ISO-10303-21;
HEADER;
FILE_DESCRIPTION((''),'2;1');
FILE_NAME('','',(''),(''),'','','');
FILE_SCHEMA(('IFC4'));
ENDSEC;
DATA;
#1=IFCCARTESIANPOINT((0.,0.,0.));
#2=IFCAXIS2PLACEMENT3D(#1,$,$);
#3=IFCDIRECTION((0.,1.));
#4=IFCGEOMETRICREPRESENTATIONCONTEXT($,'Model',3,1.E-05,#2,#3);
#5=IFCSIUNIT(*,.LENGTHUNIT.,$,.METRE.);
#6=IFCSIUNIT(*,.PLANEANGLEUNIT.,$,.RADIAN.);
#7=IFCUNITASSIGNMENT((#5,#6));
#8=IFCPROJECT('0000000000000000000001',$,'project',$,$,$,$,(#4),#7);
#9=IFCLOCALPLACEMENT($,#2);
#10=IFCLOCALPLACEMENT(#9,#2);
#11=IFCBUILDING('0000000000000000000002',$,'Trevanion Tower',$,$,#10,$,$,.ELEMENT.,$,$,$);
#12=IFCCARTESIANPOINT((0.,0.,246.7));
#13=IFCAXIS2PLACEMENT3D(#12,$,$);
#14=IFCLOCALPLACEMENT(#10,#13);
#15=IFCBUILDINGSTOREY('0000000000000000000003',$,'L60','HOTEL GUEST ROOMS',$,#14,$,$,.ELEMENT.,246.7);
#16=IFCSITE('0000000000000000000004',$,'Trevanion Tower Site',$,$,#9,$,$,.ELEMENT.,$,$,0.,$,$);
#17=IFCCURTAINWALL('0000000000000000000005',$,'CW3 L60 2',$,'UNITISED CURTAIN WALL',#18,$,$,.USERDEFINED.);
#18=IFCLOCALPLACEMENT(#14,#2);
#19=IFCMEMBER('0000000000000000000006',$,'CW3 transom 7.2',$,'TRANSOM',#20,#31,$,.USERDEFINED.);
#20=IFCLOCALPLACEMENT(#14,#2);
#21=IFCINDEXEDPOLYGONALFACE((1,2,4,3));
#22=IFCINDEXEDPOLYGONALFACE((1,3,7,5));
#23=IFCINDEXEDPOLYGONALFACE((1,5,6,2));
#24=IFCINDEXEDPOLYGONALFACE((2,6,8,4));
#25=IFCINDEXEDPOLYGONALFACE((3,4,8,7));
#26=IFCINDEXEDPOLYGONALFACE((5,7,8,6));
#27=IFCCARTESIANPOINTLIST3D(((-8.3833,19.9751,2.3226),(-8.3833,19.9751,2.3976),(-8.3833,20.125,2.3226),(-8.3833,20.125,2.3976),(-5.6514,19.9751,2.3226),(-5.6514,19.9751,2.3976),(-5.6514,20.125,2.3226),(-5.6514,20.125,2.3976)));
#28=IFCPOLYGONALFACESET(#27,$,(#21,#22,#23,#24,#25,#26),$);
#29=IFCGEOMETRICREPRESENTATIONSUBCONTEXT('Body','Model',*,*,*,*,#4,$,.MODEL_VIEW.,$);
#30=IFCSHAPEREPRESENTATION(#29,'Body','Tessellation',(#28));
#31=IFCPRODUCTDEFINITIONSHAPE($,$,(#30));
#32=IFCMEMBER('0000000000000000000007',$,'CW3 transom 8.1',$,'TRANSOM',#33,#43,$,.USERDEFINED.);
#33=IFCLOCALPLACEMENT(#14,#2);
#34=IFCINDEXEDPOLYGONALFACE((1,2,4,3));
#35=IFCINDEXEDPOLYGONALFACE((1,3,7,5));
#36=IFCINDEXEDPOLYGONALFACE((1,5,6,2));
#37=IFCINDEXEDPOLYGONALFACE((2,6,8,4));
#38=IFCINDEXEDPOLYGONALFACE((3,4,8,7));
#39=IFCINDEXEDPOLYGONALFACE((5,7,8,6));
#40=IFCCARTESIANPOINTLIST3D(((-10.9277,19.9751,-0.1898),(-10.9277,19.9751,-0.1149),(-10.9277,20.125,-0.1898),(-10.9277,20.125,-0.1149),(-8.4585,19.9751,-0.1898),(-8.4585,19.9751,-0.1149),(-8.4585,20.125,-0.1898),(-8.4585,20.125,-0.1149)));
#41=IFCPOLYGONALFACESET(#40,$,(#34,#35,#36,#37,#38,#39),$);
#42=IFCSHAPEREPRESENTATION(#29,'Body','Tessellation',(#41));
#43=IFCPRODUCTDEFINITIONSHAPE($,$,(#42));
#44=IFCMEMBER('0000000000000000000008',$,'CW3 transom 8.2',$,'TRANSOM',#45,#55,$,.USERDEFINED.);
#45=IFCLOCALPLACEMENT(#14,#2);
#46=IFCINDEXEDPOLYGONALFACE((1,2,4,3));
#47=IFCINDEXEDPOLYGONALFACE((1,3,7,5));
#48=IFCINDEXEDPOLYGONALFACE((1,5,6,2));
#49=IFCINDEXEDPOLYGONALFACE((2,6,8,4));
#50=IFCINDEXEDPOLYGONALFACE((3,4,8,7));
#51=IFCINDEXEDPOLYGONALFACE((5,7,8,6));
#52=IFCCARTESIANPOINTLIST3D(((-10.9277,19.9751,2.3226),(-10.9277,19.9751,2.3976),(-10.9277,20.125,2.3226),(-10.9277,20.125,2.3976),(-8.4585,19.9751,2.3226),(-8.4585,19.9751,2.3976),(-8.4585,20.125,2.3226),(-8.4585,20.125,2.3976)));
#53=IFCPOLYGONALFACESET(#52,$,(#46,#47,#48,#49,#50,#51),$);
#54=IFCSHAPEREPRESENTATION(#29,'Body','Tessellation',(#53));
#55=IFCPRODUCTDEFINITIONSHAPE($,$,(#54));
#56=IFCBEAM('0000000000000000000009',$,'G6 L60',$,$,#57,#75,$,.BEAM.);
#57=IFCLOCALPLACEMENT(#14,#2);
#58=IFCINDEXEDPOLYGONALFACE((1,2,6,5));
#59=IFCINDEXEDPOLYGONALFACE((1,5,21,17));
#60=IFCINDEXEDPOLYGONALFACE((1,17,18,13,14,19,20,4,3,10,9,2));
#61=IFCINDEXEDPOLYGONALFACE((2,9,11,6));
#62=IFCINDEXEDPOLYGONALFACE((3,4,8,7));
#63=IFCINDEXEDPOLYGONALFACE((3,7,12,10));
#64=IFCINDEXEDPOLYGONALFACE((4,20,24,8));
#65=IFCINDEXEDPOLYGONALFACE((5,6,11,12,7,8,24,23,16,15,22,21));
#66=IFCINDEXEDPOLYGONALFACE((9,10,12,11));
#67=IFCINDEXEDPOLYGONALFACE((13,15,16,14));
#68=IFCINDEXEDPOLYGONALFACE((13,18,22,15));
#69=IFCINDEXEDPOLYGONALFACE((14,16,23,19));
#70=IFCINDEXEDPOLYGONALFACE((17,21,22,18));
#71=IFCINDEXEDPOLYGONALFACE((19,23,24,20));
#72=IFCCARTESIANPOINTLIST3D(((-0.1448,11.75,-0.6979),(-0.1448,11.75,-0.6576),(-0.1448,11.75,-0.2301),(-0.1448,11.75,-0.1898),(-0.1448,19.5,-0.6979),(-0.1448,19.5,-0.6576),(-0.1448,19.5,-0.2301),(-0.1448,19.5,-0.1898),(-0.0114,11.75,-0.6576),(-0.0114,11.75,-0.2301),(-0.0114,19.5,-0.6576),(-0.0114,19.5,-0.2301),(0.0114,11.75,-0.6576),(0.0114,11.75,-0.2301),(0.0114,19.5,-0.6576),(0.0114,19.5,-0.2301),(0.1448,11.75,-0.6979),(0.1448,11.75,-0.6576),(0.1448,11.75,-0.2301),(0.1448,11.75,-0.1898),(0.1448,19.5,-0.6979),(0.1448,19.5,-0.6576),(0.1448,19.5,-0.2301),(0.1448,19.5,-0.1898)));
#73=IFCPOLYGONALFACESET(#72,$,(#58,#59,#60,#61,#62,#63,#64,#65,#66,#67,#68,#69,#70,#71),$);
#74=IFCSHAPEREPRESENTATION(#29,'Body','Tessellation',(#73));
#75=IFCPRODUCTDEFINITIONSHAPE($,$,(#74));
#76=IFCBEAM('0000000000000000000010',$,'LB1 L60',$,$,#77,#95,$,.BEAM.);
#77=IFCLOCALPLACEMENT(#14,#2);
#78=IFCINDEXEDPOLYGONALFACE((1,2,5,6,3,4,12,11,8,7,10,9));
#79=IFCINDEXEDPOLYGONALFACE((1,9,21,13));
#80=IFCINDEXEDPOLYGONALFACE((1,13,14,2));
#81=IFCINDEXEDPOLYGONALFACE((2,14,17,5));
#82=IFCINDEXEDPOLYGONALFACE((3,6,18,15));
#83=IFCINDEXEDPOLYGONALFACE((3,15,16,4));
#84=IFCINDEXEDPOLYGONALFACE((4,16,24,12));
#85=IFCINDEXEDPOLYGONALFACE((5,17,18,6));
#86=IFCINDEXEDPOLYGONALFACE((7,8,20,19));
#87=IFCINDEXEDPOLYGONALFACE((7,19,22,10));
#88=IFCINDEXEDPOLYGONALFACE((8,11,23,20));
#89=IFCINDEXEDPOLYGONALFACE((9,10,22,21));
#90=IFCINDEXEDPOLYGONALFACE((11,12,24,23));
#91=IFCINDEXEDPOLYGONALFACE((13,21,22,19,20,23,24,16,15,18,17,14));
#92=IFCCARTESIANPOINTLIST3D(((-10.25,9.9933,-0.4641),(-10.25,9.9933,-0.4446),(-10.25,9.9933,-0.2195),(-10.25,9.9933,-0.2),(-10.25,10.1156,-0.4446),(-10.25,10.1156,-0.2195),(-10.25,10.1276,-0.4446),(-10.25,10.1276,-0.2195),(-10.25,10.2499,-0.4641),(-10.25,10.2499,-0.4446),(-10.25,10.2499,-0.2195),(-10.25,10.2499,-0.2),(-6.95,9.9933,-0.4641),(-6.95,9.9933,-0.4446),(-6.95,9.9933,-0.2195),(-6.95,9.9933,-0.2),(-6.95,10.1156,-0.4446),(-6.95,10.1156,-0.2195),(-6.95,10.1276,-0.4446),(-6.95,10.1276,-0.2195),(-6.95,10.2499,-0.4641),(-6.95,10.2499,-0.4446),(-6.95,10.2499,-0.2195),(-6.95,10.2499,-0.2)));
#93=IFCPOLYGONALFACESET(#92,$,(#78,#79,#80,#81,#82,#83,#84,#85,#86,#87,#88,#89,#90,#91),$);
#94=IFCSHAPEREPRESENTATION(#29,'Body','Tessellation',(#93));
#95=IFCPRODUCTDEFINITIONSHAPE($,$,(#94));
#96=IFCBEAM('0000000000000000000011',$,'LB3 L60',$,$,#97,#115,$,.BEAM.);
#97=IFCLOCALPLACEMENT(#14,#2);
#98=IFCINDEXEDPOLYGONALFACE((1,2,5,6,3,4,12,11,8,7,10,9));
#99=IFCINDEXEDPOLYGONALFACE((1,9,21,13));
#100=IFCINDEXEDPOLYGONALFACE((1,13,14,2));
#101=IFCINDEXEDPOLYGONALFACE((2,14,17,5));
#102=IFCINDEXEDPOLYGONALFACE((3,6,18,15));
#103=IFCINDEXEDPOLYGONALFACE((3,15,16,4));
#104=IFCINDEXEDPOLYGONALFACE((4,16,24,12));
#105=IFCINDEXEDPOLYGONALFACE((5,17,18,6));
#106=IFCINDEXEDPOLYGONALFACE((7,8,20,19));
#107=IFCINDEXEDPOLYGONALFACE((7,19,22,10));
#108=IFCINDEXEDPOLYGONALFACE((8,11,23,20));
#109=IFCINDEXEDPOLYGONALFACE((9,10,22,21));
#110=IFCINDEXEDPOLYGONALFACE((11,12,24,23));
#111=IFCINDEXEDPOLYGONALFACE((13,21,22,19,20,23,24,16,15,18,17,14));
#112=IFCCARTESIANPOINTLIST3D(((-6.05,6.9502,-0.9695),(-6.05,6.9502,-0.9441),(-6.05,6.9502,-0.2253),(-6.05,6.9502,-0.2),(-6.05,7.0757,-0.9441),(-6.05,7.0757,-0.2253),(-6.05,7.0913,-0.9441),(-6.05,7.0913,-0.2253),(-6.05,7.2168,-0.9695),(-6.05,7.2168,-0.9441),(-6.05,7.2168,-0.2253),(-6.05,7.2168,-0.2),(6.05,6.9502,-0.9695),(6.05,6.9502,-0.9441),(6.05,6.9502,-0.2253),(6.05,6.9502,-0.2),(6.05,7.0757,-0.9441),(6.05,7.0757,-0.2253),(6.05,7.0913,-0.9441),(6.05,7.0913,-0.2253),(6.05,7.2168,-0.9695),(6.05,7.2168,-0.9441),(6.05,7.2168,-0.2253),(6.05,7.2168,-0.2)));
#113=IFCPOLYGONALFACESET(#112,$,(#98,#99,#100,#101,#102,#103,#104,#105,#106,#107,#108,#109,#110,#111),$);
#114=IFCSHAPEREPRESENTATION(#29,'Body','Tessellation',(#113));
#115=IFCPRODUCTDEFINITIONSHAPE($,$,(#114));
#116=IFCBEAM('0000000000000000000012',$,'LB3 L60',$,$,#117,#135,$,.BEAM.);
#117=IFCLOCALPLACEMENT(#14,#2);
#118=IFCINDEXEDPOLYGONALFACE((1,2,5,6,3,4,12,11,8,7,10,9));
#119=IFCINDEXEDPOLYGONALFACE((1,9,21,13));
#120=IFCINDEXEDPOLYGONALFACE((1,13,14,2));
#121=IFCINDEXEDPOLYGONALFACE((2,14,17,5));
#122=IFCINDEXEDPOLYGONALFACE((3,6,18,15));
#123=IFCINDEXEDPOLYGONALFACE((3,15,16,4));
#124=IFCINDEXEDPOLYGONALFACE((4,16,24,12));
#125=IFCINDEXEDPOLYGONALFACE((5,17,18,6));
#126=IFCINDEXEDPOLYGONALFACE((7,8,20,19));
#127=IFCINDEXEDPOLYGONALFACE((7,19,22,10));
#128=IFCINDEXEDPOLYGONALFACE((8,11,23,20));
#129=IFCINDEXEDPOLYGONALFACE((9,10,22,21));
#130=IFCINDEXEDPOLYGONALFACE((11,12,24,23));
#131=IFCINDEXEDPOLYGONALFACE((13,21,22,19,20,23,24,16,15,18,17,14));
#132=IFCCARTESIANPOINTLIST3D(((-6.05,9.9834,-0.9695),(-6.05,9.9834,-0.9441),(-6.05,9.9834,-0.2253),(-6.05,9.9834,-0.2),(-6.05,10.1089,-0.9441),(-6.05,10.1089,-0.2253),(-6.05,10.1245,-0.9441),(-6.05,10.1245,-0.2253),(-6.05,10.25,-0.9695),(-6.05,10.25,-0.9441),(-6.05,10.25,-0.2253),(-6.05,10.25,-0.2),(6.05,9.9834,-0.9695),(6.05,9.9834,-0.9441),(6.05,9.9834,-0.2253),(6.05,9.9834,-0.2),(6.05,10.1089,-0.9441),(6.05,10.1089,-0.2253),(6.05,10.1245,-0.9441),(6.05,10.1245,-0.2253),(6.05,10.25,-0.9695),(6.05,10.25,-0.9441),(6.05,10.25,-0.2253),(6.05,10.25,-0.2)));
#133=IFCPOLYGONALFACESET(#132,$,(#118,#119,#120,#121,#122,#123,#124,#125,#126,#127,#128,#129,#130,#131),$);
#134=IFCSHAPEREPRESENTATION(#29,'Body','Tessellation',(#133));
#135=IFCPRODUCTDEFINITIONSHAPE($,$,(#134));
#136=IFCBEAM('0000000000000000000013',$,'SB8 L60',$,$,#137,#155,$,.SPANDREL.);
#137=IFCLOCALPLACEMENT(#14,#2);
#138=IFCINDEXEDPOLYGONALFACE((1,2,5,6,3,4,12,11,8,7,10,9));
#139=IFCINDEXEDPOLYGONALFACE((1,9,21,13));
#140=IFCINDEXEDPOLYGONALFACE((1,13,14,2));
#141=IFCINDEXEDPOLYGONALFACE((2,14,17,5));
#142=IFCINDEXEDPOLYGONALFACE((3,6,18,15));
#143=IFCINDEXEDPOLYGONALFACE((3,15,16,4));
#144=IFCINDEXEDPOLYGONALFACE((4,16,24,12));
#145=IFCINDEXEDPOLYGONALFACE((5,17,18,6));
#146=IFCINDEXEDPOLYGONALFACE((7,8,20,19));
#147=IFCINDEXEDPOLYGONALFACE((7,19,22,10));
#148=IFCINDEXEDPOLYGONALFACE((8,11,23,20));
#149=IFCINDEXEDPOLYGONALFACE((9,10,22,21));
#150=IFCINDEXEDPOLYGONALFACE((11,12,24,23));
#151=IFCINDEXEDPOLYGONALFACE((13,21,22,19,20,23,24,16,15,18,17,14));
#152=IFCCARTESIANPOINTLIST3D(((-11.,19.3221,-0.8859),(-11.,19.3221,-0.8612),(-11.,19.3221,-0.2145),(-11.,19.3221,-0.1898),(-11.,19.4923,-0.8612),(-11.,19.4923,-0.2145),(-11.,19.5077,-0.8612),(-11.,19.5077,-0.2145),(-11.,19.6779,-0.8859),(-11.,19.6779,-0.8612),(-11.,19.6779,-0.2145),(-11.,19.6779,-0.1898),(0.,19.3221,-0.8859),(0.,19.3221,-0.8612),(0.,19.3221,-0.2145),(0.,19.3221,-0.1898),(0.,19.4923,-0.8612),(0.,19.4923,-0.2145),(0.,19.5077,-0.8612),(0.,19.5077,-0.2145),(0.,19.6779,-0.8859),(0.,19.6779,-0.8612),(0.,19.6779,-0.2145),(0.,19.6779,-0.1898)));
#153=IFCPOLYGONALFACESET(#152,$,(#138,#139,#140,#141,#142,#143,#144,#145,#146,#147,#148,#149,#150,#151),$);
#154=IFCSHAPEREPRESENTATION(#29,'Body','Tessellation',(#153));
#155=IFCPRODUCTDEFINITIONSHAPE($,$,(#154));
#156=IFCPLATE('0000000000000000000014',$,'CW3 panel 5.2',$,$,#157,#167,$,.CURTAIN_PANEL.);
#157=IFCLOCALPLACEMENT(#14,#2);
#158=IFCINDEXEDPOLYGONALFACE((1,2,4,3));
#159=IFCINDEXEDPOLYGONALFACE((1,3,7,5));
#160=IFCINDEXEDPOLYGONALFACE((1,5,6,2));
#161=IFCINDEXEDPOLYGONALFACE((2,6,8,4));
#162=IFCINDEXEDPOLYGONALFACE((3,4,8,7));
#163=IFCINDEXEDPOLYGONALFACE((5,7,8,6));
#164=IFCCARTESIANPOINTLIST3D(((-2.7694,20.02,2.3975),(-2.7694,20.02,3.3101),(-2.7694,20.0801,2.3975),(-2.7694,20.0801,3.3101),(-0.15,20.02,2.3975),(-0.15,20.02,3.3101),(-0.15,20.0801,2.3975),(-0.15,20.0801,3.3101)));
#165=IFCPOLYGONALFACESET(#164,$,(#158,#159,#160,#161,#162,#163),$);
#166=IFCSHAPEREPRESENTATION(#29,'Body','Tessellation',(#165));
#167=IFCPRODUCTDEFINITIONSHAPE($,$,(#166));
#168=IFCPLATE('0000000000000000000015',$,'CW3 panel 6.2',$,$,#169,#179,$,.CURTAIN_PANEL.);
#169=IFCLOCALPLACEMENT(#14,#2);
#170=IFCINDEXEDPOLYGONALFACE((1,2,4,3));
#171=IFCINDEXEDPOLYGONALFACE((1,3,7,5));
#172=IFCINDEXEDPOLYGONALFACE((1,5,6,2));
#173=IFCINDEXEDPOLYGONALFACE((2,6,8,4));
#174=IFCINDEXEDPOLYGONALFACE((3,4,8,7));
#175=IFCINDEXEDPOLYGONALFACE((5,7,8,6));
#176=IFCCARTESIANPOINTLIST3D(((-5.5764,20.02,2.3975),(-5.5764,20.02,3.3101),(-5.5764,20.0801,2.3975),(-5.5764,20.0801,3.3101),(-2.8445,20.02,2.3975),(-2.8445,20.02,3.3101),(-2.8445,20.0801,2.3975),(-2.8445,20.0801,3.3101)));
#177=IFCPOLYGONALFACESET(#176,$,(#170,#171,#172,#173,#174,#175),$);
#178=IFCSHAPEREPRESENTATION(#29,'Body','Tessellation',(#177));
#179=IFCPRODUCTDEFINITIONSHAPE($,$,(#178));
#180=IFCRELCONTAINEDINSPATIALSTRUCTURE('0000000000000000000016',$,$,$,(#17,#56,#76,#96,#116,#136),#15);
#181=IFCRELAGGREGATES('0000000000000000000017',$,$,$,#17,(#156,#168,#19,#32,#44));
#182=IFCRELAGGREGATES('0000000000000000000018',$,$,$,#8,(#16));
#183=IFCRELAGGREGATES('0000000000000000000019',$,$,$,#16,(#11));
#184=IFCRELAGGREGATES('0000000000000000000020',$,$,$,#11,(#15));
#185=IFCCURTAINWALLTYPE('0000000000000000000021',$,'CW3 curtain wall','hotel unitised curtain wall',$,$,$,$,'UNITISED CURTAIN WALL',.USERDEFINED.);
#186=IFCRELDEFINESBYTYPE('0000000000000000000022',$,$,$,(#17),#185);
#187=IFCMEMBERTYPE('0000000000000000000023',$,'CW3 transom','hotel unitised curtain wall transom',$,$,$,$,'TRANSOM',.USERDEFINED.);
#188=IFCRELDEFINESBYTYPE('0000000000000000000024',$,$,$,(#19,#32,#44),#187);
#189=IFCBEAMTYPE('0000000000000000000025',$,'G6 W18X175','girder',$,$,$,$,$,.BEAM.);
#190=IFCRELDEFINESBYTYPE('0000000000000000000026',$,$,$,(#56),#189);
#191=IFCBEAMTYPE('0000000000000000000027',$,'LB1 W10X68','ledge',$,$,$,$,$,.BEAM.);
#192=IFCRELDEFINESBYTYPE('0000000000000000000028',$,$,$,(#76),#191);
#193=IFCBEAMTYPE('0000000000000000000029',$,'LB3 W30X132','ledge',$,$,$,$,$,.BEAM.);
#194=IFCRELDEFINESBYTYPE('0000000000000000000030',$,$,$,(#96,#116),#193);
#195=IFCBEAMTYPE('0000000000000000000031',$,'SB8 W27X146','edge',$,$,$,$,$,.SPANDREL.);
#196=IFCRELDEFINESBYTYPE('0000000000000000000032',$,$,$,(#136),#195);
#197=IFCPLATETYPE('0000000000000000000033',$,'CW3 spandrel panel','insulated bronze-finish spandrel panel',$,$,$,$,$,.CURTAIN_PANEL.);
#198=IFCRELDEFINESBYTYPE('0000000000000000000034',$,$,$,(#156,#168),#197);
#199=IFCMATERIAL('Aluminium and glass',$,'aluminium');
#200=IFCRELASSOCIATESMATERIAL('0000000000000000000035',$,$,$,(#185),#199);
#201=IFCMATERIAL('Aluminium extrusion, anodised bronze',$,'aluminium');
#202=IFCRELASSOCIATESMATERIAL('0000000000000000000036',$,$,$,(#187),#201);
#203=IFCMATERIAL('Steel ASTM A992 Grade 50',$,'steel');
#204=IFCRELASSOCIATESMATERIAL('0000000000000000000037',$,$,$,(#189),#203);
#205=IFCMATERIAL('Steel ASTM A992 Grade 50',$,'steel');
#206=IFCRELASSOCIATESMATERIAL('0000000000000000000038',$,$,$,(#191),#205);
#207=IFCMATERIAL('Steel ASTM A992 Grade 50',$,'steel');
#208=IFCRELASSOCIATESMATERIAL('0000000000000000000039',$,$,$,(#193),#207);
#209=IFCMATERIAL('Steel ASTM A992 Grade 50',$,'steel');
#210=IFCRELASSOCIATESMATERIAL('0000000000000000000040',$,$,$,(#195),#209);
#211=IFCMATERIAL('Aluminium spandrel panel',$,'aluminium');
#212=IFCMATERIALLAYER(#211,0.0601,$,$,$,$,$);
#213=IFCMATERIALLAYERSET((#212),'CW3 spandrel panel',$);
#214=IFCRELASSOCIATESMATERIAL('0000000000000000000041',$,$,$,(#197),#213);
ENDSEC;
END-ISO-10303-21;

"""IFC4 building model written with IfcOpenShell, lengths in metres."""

from ifc_helpers import new_model, si_unit, direction, frame, origin, origin_2d, place, context, subcontext, project, spatial, rectangle, i_section, extrude, material, layer, layer_set, material_profile, profile_set, type_object, element, aggregate, save


model = new_model("IFC4")

# Units and contexts
model_context = context("Model", 3, precision=1e-05, world=origin(), true_north=direction((0.0, 1.0)))
body_context = subcontext(model_context, "Body", "Model", "MODEL_VIEW")
ifc_project = project(units=[si_unit("LENGTHUNIT", "METRE"), si_unit("PLANEANGLEUNIT", "RADIAN")], contexts=[model_context])

# Site, building, storey
site_placement = place(None, origin())
site = spatial("IfcSite", under=ifc_project, at=site_placement, Name="Trevanion Tower Site", CompositionType="ELEMENT", RefElevation=0.0)
building_placement = place(site_placement, origin())
building = spatial("IfcBuilding", under=site, at=building_placement, Name="Trevanion Tower", CompositionType="ELEMENT")
storey_placement = place(building_placement, frame((0.0, 0.0, 246.7)))
storey = spatial("IfcBuildingStorey", under=building, at=storey_placement, Name="L60", Description="HOTEL GUEST ROOMS", CompositionType="ELEMENT", Elevation=246.7)

# Curtain wall, members
ifc_material_1 = material(Name="Aluminium and glass", Category="aluminium")
curtain_wall_type = type_object("IfcCurtainWallType", Name="CW3 curtain wall", Description="hotel unitised curtain wall", ElementType="UNITISED CURTAIN WALL", PredefinedType="USERDEFINED", material=ifc_material_1)
curtain_wall_placement = place(storey_placement, origin())
curtain_wall = element("IfcCurtainWall", 1, at=curtain_wall_placement, inside=storey, type_object=curtain_wall_type, Name="CW3 L60 2", ObjectType="UNITISED CURTAIN WALL", PredefinedType="USERDEFINED")
ifc_material_2 = material(Name="Aluminium extrusion, anodised bronze", Category="aluminium")
ifc_material_profile_1 = material_profile(ifc_material_2, rectangle(XDim=0.1499, YDim=0.075, at=origin_2d()), Name="CW3 transom")
ifc_profile_set_1 = profile_set([ifc_material_profile_1], Name="Aluminium extrusion, anodised bronze")
member_type_1 = type_object("IfcMemberType", Name="CW3 transom", Description="hotel unitised curtain wall transom", ElementType="TRANSOM", PredefinedType="USERDEFINED", material=ifc_profile_set_1)
member_1_placement = place(storey_placement, frame((-5.6514, 20.05, 2.3601), z_axis=(-1.0, 0.0, 0.0), x_axis=(0.0, -1.0, 0.0)))
member_1 = element("IfcMember", 2, at=member_1_placement, type_object=member_type_1, Name="CW3 transom 7.2", ObjectType="TRANSOM", PredefinedType="USERDEFINED", context=body_context, shape_type="SweptSolid", body=[
    extrude(rectangle(XDim=0.1499, YDim=0.075, at=origin_2d()), origin(), (0.0, 0.0, 1.0), 2.7319),
])
member_2_placement = place(storey_placement, frame((-8.4585, 20.05, -0.1523), z_axis=(-1.0, 0.0, 0.0), x_axis=(0.0, -1.0, 0.0)))
member_2 = element("IfcMember", 3, at=member_2_placement, type_object=member_type_1, Name="CW3 transom 8.1", ObjectType="TRANSOM", PredefinedType="USERDEFINED", context=body_context, shape_type="SweptSolid", body=[
    extrude(rectangle(XDim=0.1499, YDim=0.075, at=origin_2d()), origin(), (0.0, 0.0, 1.0), 2.4692),
])
member_3_placement = place(storey_placement, frame((-8.4585, 20.05, 2.3601), z_axis=(-1.0, 0.0, 0.0), x_axis=(0.0, -1.0, 0.0)))
member_3 = element("IfcMember", 4, at=member_3_placement, type_object=member_type_1, Name="CW3 transom 8.2", ObjectType="TRANSOM", PredefinedType="USERDEFINED", context=body_context, shape_type="SweptSolid", body=[
    extrude(rectangle(XDim=0.1499, YDim=0.075, at=origin_2d()), origin(), (0.0, 0.0, 1.0), 2.4692),
])

# Beams
ifc_material_3 = material(Name="Steel ASTM A992 Grade 50", Category="steel")
ifc_material_profile_2 = material_profile(ifc_material_3, i_section(OverallWidth=0.2896, OverallDepth=0.5081, WebThickness=0.0227, FlangeThickness=0.0403, at=origin_2d()), Name="W18X175")
ifc_profile_set_2 = profile_set([ifc_material_profile_2], Name="Steel ASTM A992 Grade 50")
beam_type_1 = type_object("IfcBeamType", Name="G6 W18X175", Description="girder", PredefinedType="BEAM", material=ifc_profile_set_2)
beam_1_placement = place(storey_placement, frame((0.0, 11.75, -0.4438), z_axis=(0.0, 1.0, 0.0), x_axis=(-1.0, 0.0, 0.0)))
element("IfcBeam", 5, at=beam_1_placement, inside=storey, type_object=beam_type_1, Name="G6 L60", PredefinedType="BEAM", context=body_context, shape_type="SweptSolid", body=[
    extrude(i_section(OverallWidth=0.2896, OverallDepth=0.5081, WebThickness=0.0227, FlangeThickness=0.0403, at=origin_2d()), origin(), (0.0, 0.0, 1.0), 7.75),
])
ifc_material_4 = material(Name="Steel ASTM A992 Grade 50", Category="steel")
ifc_material_profile_3 = material_profile(ifc_material_4, i_section(OverallWidth=0.2566, OverallDepth=0.2642, WebThickness=0.012, FlangeThickness=0.0195, at=origin_2d()), Name="W10X68")
ifc_profile_set_3 = profile_set([ifc_material_profile_3], Name="Steel ASTM A992 Grade 50")
beam_type_2 = type_object("IfcBeamType", Name="LB1 W10X68", Description="ledge", PredefinedType="BEAM", material=ifc_profile_set_3)
beam_2_placement = place(storey_placement, frame((-10.25, 10.1216, -0.332), z_axis=(1.0, 0.0, 0.0), x_axis=(0.0, 1.0, 0.0)))
element("IfcBeam", 6, at=beam_2_placement, inside=storey, type_object=beam_type_2, Name="LB1 L60", PredefinedType="BEAM", context=body_context, shape_type="SweptSolid", body=[
    extrude(i_section(OverallWidth=0.2566, OverallDepth=0.2642, WebThickness=0.012, FlangeThickness=0.0195, at=origin_2d()), origin(), (0.0, 0.0, 1.0), 3.3),
])
ifc_material_5 = material(Name="Steel ASTM A992 Grade 50", Category="steel")
ifc_material_profile_4 = material_profile(ifc_material_5, i_section(OverallWidth=0.2666, OverallDepth=0.7695, WebThickness=0.0156, FlangeThickness=0.0254, at=origin_2d()), Name="W30X132")
ifc_profile_set_4 = profile_set([ifc_material_profile_4], Name="Steel ASTM A992 Grade 50")
beam_type_3 = type_object("IfcBeamType", Name="LB3 W30X132", Description="ledge", PredefinedType="BEAM", material=ifc_profile_set_4)
for number, where, z_axis, x_axis, name in (
    (7, (-6.05, 7.0835, -0.5847), (1.0, 0.0, 0.0), (0.0, 1.0, 0.0), "LB3 L60"),
    (8, (-6.05, 10.1167, -0.5847), (1.0, 0.0, 0.0), (0.0, 1.0, 0.0), "LB3 L60"),
):
    element("IfcBeam", number, at=place(storey_placement, frame(where, z_axis=z_axis, x_axis=x_axis)), inside=storey, type_object=beam_type_3, Name=name, PredefinedType="BEAM", context=body_context, shape_type="SweptSolid", body=[
        extrude(i_section(OverallWidth=0.2666, OverallDepth=0.7695, WebThickness=0.0156, FlangeThickness=0.0254, at=origin_2d()), origin(), (0.0, 0.0, 1.0), 12.1001),
    ])
ifc_material_6 = material(Name="Steel ASTM A992 Grade 50", Category="steel")
ifc_material_profile_5 = material_profile(ifc_material_6, i_section(OverallWidth=0.3557, OverallDepth=0.696, WebThickness=0.0154, FlangeThickness=0.0247, at=origin_2d()), Name="W27X146")
ifc_profile_set_5 = profile_set([ifc_material_profile_5], Name="Steel ASTM A992 Grade 50")
beam_type_4 = type_object("IfcBeamType", Name="SB8 W27X146", Description="edge", PredefinedType="SPANDREL", material=ifc_profile_set_5)
beam_3_placement = place(storey_placement, frame((0.0, 19.5, -0.5378), z_axis=(-1.0, 0.0, 0.0), x_axis=(0.0, -1.0, 0.0)))
element("IfcBeam", 9, at=beam_3_placement, inside=storey, type_object=beam_type_4, Name="SB8 L60", PredefinedType="SPANDREL", context=body_context, shape_type="SweptSolid", body=[
    extrude(i_section(OverallWidth=0.3557, OverallDepth=0.696, WebThickness=0.0154, FlangeThickness=0.0247, at=origin_2d()), origin(), (0.0, 0.0, 1.0), 11.0),
])

# Plates
ifc_material_7 = material(Name="Aluminium spandrel panel", Category="aluminium")
ifc_layer_1 = layer(ifc_material_7, 0.0601)
ifc_layer_set_1 = layer_set([ifc_layer_1], Name="CW3 spandrel panel")
plate_type_1 = type_object("IfcPlateType", Name="CW3 spandrel panel", Description="insulated bronze-finish spandrel panel", PredefinedType="CURTAIN_PANEL", material=ifc_layer_set_1)
plate_1_placement = place(storey_placement, frame((-1.4597, 20.05, 2.3975), z_axis=(0.0, 0.0, 1.0), x_axis=(-1.0, 0.0, 0.0)))
plate_1 = element("IfcPlate", 10, at=plate_1_placement, type_object=plate_type_1, Name="CW3 panel 5.2", PredefinedType="CURTAIN_PANEL", context=body_context, shape_type="SweptSolid", body=[
    extrude(rectangle(XDim=2.6194, YDim=0.0601, at=origin_2d()), origin(), (0.0, 0.0, 1.0), 0.9126),
])
plate_2_placement = place(storey_placement, frame((-4.2104, 20.05, 2.3975), z_axis=(0.0, 0.0, 1.0), x_axis=(-1.0, 0.0, 0.0)))
plate_2 = element("IfcPlate", 11, at=plate_2_placement, type_object=plate_type_1, Name="CW3 panel 6.2", PredefinedType="CURTAIN_PANEL", context=body_context, shape_type="SweptSolid", body=[
    extrude(rectangle(XDim=2.7319, YDim=0.0601, at=origin_2d()), origin(), (0.0, 0.0, 1.0), 0.9126),
])
aggregate(curtain_wall, [plate_1, plate_2, member_1, member_2, member_3])

save(model, "model.ifc")
